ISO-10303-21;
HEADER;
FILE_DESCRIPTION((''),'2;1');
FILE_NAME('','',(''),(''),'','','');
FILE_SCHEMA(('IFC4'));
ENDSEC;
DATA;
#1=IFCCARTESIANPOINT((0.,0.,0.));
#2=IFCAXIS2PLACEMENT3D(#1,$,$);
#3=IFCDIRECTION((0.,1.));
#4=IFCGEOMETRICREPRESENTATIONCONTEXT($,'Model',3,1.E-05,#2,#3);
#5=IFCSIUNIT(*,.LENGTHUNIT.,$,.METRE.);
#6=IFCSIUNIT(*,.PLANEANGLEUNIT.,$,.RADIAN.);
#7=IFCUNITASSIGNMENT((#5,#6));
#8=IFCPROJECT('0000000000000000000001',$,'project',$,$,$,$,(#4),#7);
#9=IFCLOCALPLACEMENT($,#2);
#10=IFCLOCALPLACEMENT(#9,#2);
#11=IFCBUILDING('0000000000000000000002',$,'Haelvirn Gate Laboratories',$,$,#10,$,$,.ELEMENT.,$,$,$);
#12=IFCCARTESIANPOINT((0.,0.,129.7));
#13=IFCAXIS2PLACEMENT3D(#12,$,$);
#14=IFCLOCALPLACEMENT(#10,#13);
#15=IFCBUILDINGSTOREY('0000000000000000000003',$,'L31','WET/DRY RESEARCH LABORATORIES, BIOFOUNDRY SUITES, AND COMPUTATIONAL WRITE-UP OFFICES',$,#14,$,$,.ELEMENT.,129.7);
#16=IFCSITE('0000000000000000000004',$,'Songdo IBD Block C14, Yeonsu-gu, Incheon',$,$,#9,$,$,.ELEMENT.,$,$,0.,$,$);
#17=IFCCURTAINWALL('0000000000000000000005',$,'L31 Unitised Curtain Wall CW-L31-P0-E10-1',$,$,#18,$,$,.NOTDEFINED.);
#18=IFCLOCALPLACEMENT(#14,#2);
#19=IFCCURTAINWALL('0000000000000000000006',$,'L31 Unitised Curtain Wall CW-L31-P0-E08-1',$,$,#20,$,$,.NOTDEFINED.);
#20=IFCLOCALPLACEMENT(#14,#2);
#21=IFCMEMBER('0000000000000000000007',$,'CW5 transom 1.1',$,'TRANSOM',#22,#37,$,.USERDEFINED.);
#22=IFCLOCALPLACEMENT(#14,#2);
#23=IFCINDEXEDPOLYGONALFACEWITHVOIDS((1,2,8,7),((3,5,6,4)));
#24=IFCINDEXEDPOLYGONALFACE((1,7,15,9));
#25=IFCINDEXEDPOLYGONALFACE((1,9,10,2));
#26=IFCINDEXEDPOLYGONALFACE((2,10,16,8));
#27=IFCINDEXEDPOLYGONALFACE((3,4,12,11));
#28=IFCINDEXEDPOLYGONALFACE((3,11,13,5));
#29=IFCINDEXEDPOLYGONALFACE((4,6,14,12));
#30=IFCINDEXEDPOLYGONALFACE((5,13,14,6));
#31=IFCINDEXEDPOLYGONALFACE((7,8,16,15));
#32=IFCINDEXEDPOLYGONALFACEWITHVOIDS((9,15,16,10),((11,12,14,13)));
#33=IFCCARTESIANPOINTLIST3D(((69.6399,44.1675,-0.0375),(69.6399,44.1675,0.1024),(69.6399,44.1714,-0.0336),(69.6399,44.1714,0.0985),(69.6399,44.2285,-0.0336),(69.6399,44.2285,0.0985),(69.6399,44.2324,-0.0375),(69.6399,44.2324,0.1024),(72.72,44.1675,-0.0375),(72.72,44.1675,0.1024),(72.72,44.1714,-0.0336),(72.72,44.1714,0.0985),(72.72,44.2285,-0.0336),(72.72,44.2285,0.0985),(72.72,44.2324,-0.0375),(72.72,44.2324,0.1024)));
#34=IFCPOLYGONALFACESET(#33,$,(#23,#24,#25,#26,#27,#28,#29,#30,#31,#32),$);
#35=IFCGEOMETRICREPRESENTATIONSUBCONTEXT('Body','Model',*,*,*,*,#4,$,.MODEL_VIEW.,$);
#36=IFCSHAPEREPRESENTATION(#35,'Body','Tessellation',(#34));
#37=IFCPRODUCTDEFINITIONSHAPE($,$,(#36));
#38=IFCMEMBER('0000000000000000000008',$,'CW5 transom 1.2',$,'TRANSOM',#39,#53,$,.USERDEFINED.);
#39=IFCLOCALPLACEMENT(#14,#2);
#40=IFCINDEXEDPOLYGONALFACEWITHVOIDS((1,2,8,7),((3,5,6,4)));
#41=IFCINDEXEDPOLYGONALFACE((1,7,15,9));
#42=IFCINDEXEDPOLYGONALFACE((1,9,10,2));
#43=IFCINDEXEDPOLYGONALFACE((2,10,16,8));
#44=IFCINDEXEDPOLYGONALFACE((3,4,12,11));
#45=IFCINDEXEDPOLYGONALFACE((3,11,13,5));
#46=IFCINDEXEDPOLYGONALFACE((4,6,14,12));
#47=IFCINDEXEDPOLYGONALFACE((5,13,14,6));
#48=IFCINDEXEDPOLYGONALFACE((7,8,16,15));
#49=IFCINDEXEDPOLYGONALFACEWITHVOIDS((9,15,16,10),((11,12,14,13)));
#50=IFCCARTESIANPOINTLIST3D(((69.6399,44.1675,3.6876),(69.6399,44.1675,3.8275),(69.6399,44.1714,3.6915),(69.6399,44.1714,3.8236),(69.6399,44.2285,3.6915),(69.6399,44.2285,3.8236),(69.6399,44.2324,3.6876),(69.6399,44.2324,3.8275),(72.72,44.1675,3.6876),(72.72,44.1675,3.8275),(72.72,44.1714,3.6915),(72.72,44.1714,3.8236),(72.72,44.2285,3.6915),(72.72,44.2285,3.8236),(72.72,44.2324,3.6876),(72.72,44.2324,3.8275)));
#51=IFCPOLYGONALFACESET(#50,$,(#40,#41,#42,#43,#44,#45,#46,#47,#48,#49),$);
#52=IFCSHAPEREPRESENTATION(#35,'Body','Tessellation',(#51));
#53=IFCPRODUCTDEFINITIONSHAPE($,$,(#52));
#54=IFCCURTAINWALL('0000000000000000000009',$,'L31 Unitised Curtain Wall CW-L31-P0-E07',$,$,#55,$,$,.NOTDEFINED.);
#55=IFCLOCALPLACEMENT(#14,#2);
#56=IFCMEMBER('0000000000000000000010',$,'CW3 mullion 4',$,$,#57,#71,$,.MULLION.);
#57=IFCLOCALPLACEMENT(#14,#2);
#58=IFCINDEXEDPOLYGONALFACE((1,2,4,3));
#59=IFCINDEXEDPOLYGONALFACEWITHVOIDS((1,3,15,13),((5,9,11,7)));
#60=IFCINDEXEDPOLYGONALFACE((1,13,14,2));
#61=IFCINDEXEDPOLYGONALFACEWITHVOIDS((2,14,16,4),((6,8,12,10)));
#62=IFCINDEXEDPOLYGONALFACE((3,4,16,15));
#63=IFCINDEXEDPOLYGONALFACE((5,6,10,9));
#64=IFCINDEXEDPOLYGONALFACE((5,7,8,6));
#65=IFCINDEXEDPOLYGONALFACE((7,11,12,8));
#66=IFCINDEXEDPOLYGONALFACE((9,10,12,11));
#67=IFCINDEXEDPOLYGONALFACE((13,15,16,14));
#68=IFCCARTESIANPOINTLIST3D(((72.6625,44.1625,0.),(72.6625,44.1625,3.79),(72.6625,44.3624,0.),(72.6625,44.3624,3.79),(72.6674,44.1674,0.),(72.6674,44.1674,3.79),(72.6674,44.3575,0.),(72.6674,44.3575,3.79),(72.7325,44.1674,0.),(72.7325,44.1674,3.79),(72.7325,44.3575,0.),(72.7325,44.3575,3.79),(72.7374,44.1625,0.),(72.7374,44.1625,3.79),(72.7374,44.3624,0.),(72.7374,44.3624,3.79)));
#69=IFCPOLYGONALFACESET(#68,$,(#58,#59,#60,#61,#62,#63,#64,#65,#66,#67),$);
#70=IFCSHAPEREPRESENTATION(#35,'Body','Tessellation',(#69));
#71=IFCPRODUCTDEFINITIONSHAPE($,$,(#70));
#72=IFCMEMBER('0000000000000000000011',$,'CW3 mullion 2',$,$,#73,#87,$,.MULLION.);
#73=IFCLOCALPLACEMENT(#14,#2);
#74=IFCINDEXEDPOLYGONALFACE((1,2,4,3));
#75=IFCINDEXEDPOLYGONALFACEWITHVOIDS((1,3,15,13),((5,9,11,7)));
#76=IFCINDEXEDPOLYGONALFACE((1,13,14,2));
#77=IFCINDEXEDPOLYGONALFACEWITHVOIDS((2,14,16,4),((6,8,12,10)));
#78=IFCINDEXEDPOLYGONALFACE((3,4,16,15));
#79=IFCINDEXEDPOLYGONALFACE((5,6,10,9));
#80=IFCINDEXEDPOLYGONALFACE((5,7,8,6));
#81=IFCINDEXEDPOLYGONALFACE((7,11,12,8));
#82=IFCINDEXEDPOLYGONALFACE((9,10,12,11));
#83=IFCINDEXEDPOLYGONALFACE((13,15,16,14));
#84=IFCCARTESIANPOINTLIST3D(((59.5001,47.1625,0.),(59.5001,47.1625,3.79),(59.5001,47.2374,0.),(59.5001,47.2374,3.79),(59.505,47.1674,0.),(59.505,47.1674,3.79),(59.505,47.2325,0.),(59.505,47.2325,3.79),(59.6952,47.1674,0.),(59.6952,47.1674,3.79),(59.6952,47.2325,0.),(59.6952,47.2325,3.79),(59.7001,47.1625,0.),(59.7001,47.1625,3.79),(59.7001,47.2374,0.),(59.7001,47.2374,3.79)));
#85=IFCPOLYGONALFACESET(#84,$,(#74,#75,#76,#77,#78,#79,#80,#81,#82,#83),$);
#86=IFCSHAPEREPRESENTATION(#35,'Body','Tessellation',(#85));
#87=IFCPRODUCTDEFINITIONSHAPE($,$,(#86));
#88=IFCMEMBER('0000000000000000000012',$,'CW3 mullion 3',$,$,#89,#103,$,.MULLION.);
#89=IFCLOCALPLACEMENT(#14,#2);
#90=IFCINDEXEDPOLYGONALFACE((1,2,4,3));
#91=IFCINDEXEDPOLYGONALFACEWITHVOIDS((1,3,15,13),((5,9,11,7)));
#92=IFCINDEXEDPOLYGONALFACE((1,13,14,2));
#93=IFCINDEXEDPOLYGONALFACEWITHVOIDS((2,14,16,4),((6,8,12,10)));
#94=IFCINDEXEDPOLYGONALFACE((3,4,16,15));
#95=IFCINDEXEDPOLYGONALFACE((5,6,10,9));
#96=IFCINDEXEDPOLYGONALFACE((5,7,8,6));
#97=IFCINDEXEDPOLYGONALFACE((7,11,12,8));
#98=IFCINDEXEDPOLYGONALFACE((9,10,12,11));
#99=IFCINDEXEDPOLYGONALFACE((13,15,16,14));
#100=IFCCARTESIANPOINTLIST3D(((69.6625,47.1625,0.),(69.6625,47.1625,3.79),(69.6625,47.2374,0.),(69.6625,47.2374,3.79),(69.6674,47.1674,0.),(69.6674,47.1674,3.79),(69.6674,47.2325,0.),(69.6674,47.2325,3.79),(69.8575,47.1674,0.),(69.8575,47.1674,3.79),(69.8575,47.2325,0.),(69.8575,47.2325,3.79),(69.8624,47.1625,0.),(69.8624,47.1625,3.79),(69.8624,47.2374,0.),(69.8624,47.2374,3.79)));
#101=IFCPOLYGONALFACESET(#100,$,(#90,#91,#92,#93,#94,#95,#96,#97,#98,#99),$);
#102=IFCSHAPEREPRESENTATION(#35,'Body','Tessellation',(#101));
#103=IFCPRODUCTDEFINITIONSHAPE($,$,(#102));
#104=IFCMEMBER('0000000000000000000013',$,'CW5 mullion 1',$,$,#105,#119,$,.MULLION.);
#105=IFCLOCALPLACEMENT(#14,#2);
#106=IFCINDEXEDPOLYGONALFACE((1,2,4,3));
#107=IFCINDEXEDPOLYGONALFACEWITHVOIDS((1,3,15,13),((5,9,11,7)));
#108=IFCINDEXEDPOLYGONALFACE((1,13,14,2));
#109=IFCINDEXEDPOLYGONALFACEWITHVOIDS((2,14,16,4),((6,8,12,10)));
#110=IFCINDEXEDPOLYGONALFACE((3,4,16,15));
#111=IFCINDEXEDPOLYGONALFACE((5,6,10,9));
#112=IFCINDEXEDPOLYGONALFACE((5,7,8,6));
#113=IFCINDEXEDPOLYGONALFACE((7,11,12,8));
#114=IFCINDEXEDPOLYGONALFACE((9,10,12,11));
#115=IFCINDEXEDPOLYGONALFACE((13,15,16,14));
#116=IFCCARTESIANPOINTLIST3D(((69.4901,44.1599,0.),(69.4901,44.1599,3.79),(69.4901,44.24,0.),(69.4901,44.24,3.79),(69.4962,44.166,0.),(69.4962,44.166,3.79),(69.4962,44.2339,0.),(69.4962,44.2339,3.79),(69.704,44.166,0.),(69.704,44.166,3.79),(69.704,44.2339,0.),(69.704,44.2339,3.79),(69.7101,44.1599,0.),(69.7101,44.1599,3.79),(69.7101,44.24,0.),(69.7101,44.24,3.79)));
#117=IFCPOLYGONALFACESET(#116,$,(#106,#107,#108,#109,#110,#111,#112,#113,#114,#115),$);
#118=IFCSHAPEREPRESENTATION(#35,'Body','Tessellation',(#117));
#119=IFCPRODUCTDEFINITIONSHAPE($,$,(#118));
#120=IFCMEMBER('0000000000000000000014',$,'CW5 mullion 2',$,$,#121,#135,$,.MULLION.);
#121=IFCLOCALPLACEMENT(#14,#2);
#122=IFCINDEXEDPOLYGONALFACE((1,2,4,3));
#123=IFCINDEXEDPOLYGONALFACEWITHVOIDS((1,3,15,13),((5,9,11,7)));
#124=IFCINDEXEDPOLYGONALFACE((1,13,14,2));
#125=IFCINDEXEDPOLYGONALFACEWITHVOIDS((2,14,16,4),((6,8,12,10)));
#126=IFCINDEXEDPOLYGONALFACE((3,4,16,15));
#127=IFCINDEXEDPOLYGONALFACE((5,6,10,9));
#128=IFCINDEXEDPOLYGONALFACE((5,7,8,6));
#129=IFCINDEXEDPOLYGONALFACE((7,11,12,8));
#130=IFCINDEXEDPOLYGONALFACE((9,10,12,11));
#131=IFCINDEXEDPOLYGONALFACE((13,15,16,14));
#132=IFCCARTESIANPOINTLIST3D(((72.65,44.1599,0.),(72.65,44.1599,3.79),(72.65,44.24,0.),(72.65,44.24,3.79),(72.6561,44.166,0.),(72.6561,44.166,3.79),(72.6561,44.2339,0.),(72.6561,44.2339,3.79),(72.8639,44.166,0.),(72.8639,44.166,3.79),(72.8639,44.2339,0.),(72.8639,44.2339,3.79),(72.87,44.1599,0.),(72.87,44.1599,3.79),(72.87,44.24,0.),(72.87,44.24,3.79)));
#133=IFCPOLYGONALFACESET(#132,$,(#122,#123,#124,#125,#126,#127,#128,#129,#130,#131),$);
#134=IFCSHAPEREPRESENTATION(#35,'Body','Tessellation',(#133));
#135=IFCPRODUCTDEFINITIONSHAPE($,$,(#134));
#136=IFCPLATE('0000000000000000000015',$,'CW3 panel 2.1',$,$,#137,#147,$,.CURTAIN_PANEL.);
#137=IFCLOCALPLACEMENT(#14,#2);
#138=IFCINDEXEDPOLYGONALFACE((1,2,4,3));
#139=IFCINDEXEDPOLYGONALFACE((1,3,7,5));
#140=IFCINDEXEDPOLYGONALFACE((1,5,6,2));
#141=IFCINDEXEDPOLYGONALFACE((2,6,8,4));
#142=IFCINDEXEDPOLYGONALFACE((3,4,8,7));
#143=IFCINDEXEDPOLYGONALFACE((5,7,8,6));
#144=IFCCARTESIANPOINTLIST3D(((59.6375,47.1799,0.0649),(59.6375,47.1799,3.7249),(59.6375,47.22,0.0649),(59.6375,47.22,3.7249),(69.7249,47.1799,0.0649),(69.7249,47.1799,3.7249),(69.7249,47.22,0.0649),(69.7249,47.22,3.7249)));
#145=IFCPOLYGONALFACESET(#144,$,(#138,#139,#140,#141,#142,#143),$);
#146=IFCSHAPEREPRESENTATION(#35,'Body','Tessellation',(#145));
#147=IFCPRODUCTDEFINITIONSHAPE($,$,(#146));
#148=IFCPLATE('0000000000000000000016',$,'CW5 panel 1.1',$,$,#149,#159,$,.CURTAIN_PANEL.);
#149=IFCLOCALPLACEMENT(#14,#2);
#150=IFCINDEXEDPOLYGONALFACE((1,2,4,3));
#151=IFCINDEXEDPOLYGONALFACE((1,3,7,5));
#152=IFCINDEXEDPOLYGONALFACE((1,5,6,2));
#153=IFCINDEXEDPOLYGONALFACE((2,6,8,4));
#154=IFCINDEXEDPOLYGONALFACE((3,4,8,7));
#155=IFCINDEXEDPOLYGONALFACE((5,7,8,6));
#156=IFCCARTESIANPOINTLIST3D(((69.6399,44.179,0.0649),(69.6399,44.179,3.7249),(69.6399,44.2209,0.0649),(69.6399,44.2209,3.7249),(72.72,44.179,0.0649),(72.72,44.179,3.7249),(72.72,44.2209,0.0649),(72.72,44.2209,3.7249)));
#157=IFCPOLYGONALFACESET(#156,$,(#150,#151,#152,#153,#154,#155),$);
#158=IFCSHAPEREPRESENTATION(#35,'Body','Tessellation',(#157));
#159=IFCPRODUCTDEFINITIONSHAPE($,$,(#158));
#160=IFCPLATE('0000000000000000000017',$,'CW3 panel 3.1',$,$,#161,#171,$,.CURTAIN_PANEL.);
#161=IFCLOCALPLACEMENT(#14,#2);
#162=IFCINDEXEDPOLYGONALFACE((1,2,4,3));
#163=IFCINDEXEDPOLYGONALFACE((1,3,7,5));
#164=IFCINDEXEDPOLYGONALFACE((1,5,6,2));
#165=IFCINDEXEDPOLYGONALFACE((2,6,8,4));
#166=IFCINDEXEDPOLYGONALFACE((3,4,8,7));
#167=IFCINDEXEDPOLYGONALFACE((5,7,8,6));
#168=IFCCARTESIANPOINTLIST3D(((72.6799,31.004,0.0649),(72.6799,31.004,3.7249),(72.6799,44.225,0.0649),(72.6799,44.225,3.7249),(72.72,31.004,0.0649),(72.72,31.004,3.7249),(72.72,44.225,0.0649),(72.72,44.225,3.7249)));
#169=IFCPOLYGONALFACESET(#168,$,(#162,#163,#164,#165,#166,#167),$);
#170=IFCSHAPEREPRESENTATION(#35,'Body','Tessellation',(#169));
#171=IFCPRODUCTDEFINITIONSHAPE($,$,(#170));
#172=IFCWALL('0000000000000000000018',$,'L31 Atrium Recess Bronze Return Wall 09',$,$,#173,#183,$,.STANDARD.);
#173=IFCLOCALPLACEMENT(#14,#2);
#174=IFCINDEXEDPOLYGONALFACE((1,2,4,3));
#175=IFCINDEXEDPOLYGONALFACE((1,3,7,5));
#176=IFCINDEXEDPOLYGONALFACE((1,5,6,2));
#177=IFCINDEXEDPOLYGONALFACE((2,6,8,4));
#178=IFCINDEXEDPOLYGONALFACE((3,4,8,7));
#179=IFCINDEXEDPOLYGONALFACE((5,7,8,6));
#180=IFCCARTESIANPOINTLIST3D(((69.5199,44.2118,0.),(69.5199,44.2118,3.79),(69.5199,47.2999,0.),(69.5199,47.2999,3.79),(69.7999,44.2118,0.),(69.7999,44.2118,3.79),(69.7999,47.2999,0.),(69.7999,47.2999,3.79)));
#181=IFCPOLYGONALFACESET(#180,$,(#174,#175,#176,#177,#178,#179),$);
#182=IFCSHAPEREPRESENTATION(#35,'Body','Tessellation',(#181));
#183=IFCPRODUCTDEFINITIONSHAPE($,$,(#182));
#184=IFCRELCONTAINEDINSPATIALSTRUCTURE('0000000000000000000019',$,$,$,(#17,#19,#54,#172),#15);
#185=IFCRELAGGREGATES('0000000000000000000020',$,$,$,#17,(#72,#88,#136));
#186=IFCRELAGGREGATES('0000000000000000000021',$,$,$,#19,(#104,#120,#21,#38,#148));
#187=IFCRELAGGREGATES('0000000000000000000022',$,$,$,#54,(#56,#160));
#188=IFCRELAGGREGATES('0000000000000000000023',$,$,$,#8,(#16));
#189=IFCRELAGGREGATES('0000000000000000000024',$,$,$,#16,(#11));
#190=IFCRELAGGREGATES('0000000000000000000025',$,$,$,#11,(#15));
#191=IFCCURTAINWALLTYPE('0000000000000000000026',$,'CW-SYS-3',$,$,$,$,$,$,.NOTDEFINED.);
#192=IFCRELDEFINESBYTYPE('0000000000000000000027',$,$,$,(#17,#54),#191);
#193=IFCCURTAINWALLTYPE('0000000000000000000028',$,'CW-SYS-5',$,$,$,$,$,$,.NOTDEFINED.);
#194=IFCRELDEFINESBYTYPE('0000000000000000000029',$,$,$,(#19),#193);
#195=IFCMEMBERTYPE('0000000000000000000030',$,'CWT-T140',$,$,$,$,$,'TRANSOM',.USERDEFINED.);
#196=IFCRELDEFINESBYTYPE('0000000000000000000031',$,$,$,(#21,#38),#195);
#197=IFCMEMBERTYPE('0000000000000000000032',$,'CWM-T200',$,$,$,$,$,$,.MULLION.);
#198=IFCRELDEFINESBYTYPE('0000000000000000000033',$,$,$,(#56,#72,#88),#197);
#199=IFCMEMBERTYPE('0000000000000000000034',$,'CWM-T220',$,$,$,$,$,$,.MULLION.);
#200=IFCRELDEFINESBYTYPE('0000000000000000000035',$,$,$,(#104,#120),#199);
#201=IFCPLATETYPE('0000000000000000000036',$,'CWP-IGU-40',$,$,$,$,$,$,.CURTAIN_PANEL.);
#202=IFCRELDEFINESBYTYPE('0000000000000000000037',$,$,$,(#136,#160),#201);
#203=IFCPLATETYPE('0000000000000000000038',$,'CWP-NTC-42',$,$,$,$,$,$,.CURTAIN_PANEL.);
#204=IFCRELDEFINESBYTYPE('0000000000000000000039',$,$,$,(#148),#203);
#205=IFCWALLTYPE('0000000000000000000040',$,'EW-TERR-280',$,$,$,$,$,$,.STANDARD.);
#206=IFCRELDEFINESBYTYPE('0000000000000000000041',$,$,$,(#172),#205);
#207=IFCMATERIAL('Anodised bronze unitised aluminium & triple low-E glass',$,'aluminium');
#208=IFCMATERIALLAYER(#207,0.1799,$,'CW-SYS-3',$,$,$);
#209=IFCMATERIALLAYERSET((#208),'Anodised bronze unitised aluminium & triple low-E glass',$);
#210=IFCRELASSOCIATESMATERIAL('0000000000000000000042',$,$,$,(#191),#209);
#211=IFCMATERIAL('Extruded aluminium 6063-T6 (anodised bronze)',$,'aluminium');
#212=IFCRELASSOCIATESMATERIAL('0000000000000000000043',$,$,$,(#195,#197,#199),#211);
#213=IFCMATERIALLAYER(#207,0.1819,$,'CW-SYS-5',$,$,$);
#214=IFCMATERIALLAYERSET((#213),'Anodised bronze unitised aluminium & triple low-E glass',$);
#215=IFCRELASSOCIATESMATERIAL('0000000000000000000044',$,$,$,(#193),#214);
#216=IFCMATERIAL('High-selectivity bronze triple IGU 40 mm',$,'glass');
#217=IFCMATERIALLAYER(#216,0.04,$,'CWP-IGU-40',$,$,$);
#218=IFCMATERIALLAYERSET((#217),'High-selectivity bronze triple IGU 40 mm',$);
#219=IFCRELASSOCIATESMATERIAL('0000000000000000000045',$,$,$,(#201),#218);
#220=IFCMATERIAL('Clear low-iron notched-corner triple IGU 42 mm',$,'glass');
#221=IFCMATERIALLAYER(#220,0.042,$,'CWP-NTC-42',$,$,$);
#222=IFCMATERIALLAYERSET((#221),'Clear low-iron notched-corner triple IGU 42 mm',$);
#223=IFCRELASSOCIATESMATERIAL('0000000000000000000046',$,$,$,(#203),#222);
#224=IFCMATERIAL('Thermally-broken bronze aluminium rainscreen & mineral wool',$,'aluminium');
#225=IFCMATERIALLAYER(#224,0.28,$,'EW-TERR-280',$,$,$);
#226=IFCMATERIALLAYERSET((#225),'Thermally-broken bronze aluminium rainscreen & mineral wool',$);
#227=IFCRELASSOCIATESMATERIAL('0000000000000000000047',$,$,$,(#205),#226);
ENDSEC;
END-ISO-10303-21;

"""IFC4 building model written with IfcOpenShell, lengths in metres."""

from ifc_helpers import new_model, si_unit, direction, frame, frame_2d, origin, origin_2d, place, context, subcontext, project, spatial, rectangle, hollow_rectangle, extrude, source, transform, mapped, material, layer, layer_set, material_profile, profile_set, type_object, type_shapes, element, aggregate, save


model = new_model("IFC4")

# Units and contexts
model_context = context("Model", 3, precision=1e-05, world=origin(), true_north=direction((0.0, 1.0)))
body_context = subcontext(model_context, "Body", "Model", "MODEL_VIEW")
ifc_project = project(units=[si_unit("LENGTHUNIT", "METRE"), si_unit("PLANEANGLEUNIT", "RADIAN")], contexts=[model_context])

# Site, building, storey
site_placement = place(None, origin())
site = spatial("IfcSite", under=ifc_project, at=site_placement, Name="Songdo IBD Block C14, Yeonsu-gu, Incheon", CompositionType="ELEMENT", RefElevation=0.0)
building_placement = place(site_placement, origin())
building = spatial("IfcBuilding", under=site, at=building_placement, Name="Haelvirn Gate Laboratories", CompositionType="ELEMENT")
storey_placement = place(building_placement, frame((0.0, 0.0, 129.7)))
storey = spatial("IfcBuildingStorey", under=building, at=storey_placement, Name="L31", Description="WET/DRY RESEARCH LABORATORIES, BIOFOUNDRY SUITES, AND COMPUTATIONAL WRITE-UP OFFICES", CompositionType="ELEMENT", Elevation=129.7)

# Curtain walls, members
ifc_material_1 = material(Name="Anodised bronze unitised aluminium & triple low-E glass", Category="aluminium")
ifc_layer_1 = layer(ifc_material_1, 0.1799, Name="CW-SYS-3")
ifc_layer_set_1 = layer_set([ifc_layer_1], Name="Anodised bronze unitised aluminium & triple low-E glass")
curtain_wall_type_1 = type_object("IfcCurtainWallType", Name="CW-SYS-3", PredefinedType="NOTDEFINED", material=ifc_layer_set_1)
curtain_wall_1_placement = place(storey_placement, origin())
curtain_wall_1 = element("IfcCurtainWall", 1, at=curtain_wall_1_placement, inside=storey, type_object=curtain_wall_type_1, Name="L31 Unitised Curtain Wall CW-L31-P0-E10-1", PredefinedType="NOTDEFINED")
ifc_material_2 = material(Name="Extruded aluminium 6063-T6 (anodised bronze)", Category="aluminium")
ifc_material_profile_1 = material_profile(ifc_material_2, hollow_rectangle(XDim=0.0649, YDim=0.1399, WallThickness=0.0039, at=origin_2d()), Name="CWT-140x65x4")
ifc_profile_set_1 = profile_set([ifc_material_profile_1], Name="Extruded aluminium 6063-T6 (anodised bronze)")
member_type_1 = type_object("IfcMemberType", Name="CWT-T140", ElementType="TRANSOM", PredefinedType="USERDEFINED", material=ifc_profile_set_1)
ifc_layer_2 = layer(ifc_material_1, 0.1819, Name="CW-SYS-5")
ifc_layer_set_2 = layer_set([ifc_layer_2], Name="Anodised bronze unitised aluminium & triple low-E glass")
curtain_wall_type_2 = type_object("IfcCurtainWallType", Name="CW-SYS-5", PredefinedType="NOTDEFINED", material=ifc_layer_set_2)
curtain_wall_2_placement = place(storey_placement, origin())
curtain_wall_2 = element("IfcCurtainWall", 2, at=curtain_wall_2_placement, inside=storey, type_object=curtain_wall_type_2, Name="L31 Unitised Curtain Wall CW-L31-P0-E08-1", PredefinedType="NOTDEFINED")
shared_shape_1 = source(origin(), body_context, "Body", "SweptSolid", [
    extrude(hollow_rectangle(XDim=0.0649, YDim=0.1399, WallThickness=0.0039, at=origin_2d()), origin(), (0.0, 0.0, 1.0), 3.0801),
])
member_1_placement = place(storey_placement, frame((69.6399, 44.2, 0.0325), z_axis=(1.0, 0.0, 0.0), x_axis=(0.0, 1.0, 0.0)))
member_1 = element("IfcMember", 3, at=member_1_placement, type_object=member_type_1, Name="CW5 transom 1.1", ObjectType="TRANSOM", PredefinedType="USERDEFINED", context=body_context, shape_type="MappedRepresentation", body=[
    mapped(shared_shape_1, transform((0.0, 0.0, 0.0), scale=1.0)),
])
member_2_placement = place(storey_placement, frame((69.6399, 44.2, 3.7576), z_axis=(1.0, 0.0, 0.0), x_axis=(0.0, 1.0, 0.0)))
member_2 = element("IfcMember", 4, at=member_2_placement, type_object=member_type_1, Name="CW5 transom 1.2", ObjectType="TRANSOM", PredefinedType="USERDEFINED", context=body_context, shape_type="MappedRepresentation", body=[
    mapped(shared_shape_1, transform((0.0, 0.0, 0.0), scale=1.0)),
])

# Curtain wall, member
curtain_wall_3_placement = place(storey_placement, origin())
curtain_wall_3 = element("IfcCurtainWall", 5, at=curtain_wall_3_placement, inside=storey, type_object=curtain_wall_type_1, Name="L31 Unitised Curtain Wall CW-L31-P0-E07", PredefinedType="NOTDEFINED")
ifc_material_profile_2 = material_profile(ifc_material_2, hollow_rectangle(XDim=0.075, YDim=0.2, WallThickness=0.0049, at=origin_2d()), Name="CWM-200x75x5")
ifc_profile_set_2 = profile_set([ifc_material_profile_2], Name="Extruded aluminium 6063-T6 (anodised bronze)")
member_type_2 = type_object("IfcMemberType", Name="CWM-T200", PredefinedType="MULLION", material=ifc_profile_set_2)
shared_shape_2 = source(origin(), body_context, "Body", "SweptSolid", [
    extrude(hollow_rectangle(XDim=0.075, YDim=0.2, WallThickness=0.0049, at=origin_2d()), origin(), (0.0, 0.0, 1.0), 3.79),
])
type_shapes(member_type_2, [shared_shape_2])
member_3_placement = place(storey_placement, frame((72.7, 44.2625, 0.0), z_axis=(0.0, 0.0, 1.0), x_axis=(-1.0, 0.0, 0.0)))
member_3 = element("IfcMember", 6, at=member_3_placement, type_object=member_type_2, Name="CW3 mullion 4", PredefinedType="MULLION", context=body_context, shape_type="MappedRepresentation", body=[
    mapped(shared_shape_2, transform((0.0, 0.0, 0.0), scale=1.0)),
])

# Members
member_4_placement = place(storey_placement, frame((59.6001, 47.2, 0.0), z_axis=(0.0, 0.0, 1.0), x_axis=(0.0, 1.0, 0.0)))
member_4 = element("IfcMember", 7, at=member_4_placement, type_object=member_type_2, Name="CW3 mullion 2", PredefinedType="MULLION", context=body_context, shape_type="MappedRepresentation", body=[
    mapped(shared_shape_2, transform((0.0, 0.0, 0.0), scale=1.0)),
])
member_5_placement = place(storey_placement, frame((69.7625, 47.2, 0.0), z_axis=(0.0, 0.0, 1.0), x_axis=(0.0, 1.0, 0.0)))
member_5 = element("IfcMember", 8, at=member_5_placement, type_object=member_type_2, Name="CW3 mullion 3", PredefinedType="MULLION", context=body_context, shape_type="MappedRepresentation", body=[
    mapped(shared_shape_2, transform((0.0, 0.0, 0.0), scale=1.0)),
])
ifc_material_profile_3 = material_profile(ifc_material_2, hollow_rectangle(XDim=0.0801, YDim=0.22, WallThickness=0.0061, at=origin_2d()), Name="CWM-220x80x6")
ifc_profile_set_3 = profile_set([ifc_material_profile_3], Name="Extruded aluminium 6063-T6 (anodised bronze)")
member_type_3 = type_object("IfcMemberType", Name="CWM-T220", PredefinedType="MULLION", material=ifc_profile_set_3)
shared_shape_3 = source(origin(), body_context, "Body", "SweptSolid", [
    extrude(hollow_rectangle(XDim=0.0801, YDim=0.22, WallThickness=0.0061, at=origin_2d()), origin(), (0.0, 0.0, 1.0), 3.79),
])
type_shapes(member_type_3, [shared_shape_3])
member_6_placement = place(storey_placement, frame((69.6001, 44.2, 0.0), z_axis=(0.0, 0.0, 1.0), x_axis=(0.0, 1.0, 0.0)))
member_6 = element("IfcMember", 9, at=member_6_placement, type_object=member_type_3, Name="CW5 mullion 1", PredefinedType="MULLION", context=body_context, shape_type="MappedRepresentation", body=[
    mapped(shared_shape_3, transform((0.0, 0.0, 0.0), scale=1.0)),
])
member_7_placement = place(storey_placement, frame((72.76, 44.2, 0.0), z_axis=(0.0, 0.0, 1.0), x_axis=(0.0, 1.0, 0.0)))
member_7 = element("IfcMember", 10, at=member_7_placement, type_object=member_type_3, Name="CW5 mullion 2", PredefinedType="MULLION", context=body_context, shape_type="MappedRepresentation", body=[
    mapped(shared_shape_3, transform((0.0, 0.0, 0.0), scale=1.0)),
])

# Plates
ifc_material_3 = material(Name="High-selectivity bronze triple IGU 40 mm", Category="glass")
ifc_layer_3 = layer(ifc_material_3, 0.04, Name="CWP-IGU-40")
ifc_layer_set_3 = layer_set([ifc_layer_3], Name="High-selectivity bronze triple IGU 40 mm")
plate_type_1 = type_object("IfcPlateType", Name="CWP-IGU-40", PredefinedType="CURTAIN_PANEL", material=ifc_layer_set_3)
shared_shape_4 = source(origin(), body_context, "Body", "SweptSolid", [
    extrude(rectangle(XDim=10.0874, YDim=0.04, at=origin_2d()), origin(), (0.0, 0.0, 1.0), 3.6599),
])
plate_1_placement = place(storey_placement, frame((64.6812, 47.2, 0.0649), z_axis=(0.0, 0.0, 1.0), x_axis=(1.0, 0.0, 0.0)))
plate_1 = element("IfcPlate", 11, at=plate_1_placement, type_object=plate_type_1, Name="CW3 panel 2.1", PredefinedType="CURTAIN_PANEL", context=body_context, shape_type="MappedRepresentation", body=[
    mapped(shared_shape_4, transform((0.0, 0.0, 0.0), scale=1.0)),
])
aggregate(curtain_wall_1, [member_4, member_5, plate_1])
ifc_material_4 = material(Name="Clear low-iron notched-corner triple IGU 42 mm", Category="glass")
ifc_layer_4 = layer(ifc_material_4, 0.042, Name="CWP-NTC-42")
ifc_layer_set_4 = layer_set([ifc_layer_4], Name="Clear low-iron notched-corner triple IGU 42 mm")
plate_type_2 = type_object("IfcPlateType", Name="CWP-NTC-42", PredefinedType="CURTAIN_PANEL", material=ifc_layer_set_4)
shared_shape_5 = source(origin(), body_context, "Body", "SweptSolid", [
    extrude(rectangle(XDim=3.0801, YDim=0.042, at=origin_2d()), origin(), (0.0, 0.0, 1.0), 3.6599),
])
type_shapes(plate_type_2, [shared_shape_5])
plate_2_placement = place(storey_placement, frame((71.1799, 44.2, 0.0649), z_axis=(0.0, 0.0, 1.0), x_axis=(1.0, 0.0, 0.0)))
plate_2 = element("IfcPlate", 12, at=plate_2_placement, type_object=plate_type_2, Name="CW5 panel 1.1", PredefinedType="CURTAIN_PANEL", context=body_context, shape_type="MappedRepresentation", body=[
    mapped(shared_shape_5, transform((0.0, 0.0, 0.0), scale=1.0)),
])
aggregate(curtain_wall_2, [member_6, member_7, member_1, member_2, plate_2])
shared_shape_6 = source(origin(), body_context, "Body", "SweptSolid", [
    extrude(rectangle(XDim=13.2209, YDim=0.04, at=origin_2d()), origin(), (0.0, 0.0, 1.0), 3.6599),
])
type_shapes(plate_type_1, [shared_shape_4, shared_shape_6])
plate_3_placement = place(storey_placement, frame((72.7, 37.6145, 0.0649), z_axis=(0.0, 0.0, 1.0), x_axis=(0.0, 1.0, 0.0)))
plate_3 = element("IfcPlate", 13, at=plate_3_placement, type_object=plate_type_1, Name="CW3 panel 3.1", PredefinedType="CURTAIN_PANEL", context=body_context, shape_type="MappedRepresentation", body=[
    mapped(shared_shape_6, transform((0.0, 0.0, 0.0), scale=1.0)),
])
aggregate(curtain_wall_3, [member_3, plate_3])

# Wall
ifc_material_5 = material(Name="Thermally-broken bronze aluminium rainscreen & mineral wool", Category="aluminium")
ifc_layer_5 = layer(ifc_material_5, 0.28, Name="EW-TERR-280")
ifc_layer_set_5 = layer_set([ifc_layer_5], Name="Thermally-broken bronze aluminium rainscreen & mineral wool")
wall_type_1 = type_object("IfcWallType", Name="EW-TERR-280", PredefinedType="STANDARD", material=ifc_layer_set_5)
wall_1_placement = place(storey_placement, frame((69.6599, 44.2119, 0.0), z_axis=(0.0, 0.0, 1.0), x_axis=(0.0, 1.0, 0.0)))
element("IfcWall", 14, at=wall_1_placement, inside=storey, type_object=wall_type_1, Name="L31 Atrium Recess Bronze Return Wall 09", PredefinedType="STANDARD", context=body_context, shape_type="SweptSolid", body=[
    extrude(rectangle(XDim=3.0881, YDim=0.28, at=frame_2d((1.5439, 0.0))), origin(), (0.0, 0.0, 1.0), 3.79),
])

save(model, "model.ifc")
